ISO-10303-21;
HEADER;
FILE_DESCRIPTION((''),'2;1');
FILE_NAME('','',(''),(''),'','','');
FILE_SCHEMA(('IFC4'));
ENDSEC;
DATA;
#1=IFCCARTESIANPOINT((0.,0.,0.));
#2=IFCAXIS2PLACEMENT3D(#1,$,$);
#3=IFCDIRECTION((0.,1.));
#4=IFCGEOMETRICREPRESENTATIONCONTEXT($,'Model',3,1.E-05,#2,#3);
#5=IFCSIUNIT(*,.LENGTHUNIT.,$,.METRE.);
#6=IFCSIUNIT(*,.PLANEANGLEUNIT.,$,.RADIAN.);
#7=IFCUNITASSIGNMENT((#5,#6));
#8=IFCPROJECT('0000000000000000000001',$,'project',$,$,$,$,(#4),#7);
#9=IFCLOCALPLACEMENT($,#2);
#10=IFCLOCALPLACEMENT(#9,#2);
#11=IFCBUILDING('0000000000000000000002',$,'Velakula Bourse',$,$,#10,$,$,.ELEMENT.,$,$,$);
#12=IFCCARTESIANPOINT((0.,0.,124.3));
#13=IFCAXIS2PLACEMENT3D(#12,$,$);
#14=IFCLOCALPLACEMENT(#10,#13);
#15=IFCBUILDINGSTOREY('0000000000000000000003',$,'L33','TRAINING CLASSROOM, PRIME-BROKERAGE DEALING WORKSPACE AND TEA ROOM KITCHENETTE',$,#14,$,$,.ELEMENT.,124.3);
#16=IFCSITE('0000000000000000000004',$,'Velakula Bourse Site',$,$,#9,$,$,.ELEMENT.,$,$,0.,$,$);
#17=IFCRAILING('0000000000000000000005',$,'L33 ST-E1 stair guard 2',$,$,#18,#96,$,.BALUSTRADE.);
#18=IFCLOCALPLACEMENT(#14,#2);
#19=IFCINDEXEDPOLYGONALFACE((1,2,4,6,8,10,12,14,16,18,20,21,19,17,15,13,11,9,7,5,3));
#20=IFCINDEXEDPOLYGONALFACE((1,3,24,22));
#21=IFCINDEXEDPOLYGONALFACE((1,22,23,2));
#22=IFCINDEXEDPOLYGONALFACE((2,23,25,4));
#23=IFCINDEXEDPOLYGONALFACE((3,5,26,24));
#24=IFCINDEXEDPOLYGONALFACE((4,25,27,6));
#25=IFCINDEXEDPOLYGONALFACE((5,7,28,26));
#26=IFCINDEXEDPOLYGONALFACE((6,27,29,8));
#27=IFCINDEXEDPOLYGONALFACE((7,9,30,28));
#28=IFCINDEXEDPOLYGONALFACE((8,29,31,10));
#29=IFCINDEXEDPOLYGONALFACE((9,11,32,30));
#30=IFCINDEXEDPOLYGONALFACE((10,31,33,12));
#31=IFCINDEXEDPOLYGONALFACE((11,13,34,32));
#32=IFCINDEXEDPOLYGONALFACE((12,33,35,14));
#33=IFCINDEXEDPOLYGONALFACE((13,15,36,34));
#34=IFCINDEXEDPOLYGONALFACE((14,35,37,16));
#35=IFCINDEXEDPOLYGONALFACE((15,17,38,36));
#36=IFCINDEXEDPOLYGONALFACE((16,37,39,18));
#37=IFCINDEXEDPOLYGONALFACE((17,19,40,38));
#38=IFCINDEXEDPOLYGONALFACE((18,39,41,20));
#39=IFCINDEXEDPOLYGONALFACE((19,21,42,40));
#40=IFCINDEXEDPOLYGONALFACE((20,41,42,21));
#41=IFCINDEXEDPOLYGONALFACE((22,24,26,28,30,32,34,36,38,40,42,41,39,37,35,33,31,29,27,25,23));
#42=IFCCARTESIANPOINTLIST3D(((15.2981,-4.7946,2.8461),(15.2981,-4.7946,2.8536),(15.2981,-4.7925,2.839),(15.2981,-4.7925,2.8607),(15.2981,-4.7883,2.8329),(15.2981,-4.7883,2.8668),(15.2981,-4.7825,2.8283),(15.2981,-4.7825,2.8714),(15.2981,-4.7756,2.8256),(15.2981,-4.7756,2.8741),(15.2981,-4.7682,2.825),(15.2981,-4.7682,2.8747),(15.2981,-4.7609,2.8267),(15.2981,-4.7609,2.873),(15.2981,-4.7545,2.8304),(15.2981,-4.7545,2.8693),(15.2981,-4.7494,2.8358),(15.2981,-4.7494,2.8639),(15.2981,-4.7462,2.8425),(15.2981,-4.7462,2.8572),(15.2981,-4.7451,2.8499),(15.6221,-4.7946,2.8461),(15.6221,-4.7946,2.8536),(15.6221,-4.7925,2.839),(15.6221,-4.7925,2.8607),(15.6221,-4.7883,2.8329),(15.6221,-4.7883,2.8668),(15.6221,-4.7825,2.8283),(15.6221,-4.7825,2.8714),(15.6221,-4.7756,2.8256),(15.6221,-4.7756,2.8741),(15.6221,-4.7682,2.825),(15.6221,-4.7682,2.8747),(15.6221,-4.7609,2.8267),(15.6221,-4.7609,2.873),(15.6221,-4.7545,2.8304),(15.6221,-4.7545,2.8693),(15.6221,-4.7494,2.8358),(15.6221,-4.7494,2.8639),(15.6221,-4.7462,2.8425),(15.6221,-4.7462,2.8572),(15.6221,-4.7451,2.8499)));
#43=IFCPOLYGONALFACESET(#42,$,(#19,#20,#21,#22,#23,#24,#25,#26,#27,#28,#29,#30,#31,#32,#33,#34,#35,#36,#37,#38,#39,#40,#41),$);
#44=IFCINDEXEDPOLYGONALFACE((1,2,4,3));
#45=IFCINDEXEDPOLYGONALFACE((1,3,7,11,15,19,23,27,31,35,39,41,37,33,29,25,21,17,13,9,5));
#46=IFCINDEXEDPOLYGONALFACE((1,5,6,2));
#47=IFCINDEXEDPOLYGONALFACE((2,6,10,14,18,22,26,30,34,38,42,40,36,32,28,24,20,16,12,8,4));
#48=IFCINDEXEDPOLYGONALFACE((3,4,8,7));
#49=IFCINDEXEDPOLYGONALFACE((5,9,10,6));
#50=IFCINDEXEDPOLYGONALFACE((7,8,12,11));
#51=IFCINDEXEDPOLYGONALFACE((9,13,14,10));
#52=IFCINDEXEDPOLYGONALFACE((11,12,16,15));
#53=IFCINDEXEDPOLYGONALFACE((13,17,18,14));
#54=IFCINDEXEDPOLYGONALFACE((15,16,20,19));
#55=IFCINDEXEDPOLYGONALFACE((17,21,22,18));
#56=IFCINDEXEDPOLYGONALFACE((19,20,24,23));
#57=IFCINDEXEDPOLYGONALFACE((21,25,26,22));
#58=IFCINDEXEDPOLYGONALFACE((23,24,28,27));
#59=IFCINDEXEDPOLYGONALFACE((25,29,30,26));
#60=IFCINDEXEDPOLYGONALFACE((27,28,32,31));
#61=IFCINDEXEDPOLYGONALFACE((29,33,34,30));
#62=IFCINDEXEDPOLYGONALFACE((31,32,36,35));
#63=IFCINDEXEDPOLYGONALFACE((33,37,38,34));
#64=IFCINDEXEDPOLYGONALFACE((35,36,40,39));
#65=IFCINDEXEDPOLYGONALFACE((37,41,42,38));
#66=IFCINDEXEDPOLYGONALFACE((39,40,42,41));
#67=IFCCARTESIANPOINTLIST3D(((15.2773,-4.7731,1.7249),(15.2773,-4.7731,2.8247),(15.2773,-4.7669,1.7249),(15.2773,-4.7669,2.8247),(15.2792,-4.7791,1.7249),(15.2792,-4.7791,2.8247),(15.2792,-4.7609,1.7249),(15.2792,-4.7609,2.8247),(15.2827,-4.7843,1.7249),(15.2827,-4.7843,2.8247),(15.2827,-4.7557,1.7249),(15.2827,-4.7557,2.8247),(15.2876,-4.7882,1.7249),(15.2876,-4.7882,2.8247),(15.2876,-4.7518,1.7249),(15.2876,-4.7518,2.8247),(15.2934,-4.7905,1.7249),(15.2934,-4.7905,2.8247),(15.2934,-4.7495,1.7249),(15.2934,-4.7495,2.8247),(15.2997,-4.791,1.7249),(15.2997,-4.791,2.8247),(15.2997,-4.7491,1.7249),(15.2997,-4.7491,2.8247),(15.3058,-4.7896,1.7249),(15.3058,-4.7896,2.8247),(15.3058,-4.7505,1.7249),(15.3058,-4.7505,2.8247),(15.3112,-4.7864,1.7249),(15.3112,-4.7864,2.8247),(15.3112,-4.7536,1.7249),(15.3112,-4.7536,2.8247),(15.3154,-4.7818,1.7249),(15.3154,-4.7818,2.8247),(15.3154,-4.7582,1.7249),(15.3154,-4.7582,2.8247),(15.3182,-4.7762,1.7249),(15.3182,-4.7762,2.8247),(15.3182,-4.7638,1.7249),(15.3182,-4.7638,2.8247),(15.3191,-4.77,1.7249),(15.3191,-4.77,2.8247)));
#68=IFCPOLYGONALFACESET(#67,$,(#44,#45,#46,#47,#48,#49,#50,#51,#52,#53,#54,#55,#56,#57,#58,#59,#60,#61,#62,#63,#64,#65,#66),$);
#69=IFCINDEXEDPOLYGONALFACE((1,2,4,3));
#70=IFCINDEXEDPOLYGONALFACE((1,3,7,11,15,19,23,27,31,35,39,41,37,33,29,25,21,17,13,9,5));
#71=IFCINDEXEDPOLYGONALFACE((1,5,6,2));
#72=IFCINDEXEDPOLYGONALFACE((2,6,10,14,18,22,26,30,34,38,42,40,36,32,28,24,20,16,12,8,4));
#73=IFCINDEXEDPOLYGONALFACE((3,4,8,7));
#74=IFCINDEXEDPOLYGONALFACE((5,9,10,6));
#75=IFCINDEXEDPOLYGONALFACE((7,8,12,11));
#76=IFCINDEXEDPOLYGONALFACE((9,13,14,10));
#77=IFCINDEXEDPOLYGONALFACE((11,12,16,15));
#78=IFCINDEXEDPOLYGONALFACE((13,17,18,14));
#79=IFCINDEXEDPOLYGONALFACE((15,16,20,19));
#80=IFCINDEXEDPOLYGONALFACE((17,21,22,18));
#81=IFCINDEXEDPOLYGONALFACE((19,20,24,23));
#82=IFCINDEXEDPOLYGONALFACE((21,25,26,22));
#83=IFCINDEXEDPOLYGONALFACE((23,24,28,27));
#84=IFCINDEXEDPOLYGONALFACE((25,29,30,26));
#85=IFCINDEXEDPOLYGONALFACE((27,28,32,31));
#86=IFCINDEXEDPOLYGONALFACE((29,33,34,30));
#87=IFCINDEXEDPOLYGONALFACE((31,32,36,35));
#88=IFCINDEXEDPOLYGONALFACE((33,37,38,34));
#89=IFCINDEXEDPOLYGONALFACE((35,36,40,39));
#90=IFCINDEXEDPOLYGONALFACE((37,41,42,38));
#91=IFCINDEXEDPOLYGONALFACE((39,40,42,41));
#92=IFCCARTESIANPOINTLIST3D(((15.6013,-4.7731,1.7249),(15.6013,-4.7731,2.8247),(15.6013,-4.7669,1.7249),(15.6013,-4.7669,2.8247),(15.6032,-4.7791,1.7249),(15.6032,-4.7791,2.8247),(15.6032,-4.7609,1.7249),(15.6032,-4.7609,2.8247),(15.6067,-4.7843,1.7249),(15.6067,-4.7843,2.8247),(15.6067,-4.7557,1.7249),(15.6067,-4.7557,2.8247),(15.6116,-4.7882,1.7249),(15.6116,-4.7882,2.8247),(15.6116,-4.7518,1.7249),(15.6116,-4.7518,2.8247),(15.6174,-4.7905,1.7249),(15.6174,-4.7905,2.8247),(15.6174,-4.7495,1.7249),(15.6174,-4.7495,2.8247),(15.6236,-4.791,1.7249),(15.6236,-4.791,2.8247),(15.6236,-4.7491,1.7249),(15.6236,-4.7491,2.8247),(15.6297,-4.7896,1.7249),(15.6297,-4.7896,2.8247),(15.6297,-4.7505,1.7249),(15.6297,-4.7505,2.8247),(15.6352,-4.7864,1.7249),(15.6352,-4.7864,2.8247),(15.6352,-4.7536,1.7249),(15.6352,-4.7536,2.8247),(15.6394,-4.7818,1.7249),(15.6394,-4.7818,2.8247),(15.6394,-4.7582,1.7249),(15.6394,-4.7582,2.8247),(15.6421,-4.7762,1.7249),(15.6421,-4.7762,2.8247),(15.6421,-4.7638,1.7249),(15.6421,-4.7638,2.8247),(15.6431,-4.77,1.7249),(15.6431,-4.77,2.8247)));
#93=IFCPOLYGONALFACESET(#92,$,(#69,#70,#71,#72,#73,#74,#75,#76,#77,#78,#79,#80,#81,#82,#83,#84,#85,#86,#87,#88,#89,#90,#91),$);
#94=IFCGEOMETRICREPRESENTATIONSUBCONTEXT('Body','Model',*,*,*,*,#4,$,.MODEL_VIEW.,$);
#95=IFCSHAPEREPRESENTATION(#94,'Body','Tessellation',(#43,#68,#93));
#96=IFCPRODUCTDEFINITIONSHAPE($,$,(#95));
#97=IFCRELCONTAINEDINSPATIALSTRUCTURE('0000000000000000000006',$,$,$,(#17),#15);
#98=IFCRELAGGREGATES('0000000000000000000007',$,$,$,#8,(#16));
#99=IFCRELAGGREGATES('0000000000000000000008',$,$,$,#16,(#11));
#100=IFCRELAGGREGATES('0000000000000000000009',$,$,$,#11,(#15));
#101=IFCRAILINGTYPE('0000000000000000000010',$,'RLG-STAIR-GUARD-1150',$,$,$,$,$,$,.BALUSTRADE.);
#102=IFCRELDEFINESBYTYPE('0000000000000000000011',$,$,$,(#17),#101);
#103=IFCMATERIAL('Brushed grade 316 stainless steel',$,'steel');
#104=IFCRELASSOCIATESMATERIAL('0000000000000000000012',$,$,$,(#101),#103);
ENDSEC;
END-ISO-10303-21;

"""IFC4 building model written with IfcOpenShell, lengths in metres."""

from ifc_helpers import new_model, si_unit, direction, frame, origin, origin_2d, place, context, subcontext, project, spatial, circle, extrude, material, type_object, element, save


model = new_model("IFC4")

# Units and contexts
model_context = context("Model", 3, precision=1e-05, world=origin(), true_north=direction((0.0, 1.0)))
body_context = subcontext(model_context, "Body", "Model", "MODEL_VIEW")
ifc_project = project(units=[si_unit("LENGTHUNIT", "METRE"), si_unit("PLANEANGLEUNIT", "RADIAN")], contexts=[model_context])

# Site, building, storey
site_placement = place(None, origin())
site = spatial("IfcSite", under=ifc_project, at=site_placement, Name="Velakula Bourse Site", CompositionType="ELEMENT", RefElevation=0.0)
building_placement = place(site_placement, origin())
building = spatial("IfcBuilding", under=site, at=building_placement, Name="Velakula Bourse", CompositionType="ELEMENT")
storey_placement = place(building_placement, frame((0.0, 0.0, 124.3)))
storey = spatial("IfcBuildingStorey", under=building, at=storey_placement, Name="L33", Description="TRAINING CLASSROOM, PRIME-BROKERAGE DEALING WORKSPACE AND TEA ROOM KITCHENETTE", CompositionType="ELEMENT", Elevation=124.3)

# Shared definitions
ifc_material_1 = material(Name="Brushed grade 316 stainless steel", Category="steel")

# Railing
railing_type_1 = type_object("IfcRailingType", Name="RLG-STAIR-GUARD-1150", PredefinedType="BALUSTRADE", material=ifc_material_1)
railing_1_placement = place(storey_placement, frame((15.2981, -4.77, 1.7249)))
element("IfcRailing", 1, at=railing_1_placement, inside=storey, type_object=railing_type_1, Name="L33 ST-E1 stair guard 2", PredefinedType="BALUSTRADE", context=body_context, shape_type="SweptSolid", body=[
    extrude(circle(Radius=0.0249, at=origin_2d()), frame((0.0, 0.0, 1.125), z_axis=(1.0, 0.0, 0.0), x_axis=(0.0, 1.0, 0.0)), (0.0, 0.0, 1.0), 0.324),
    extrude(circle(Radius=0.021, at=origin_2d()), origin(), (0.0, 0.0, 1.0), 1.0999),
    extrude(circle(Radius=0.021, at=origin_2d()), frame((0.324, 0.0, 0.0)), (0.0, 0.0, 1.0), 1.0999),
])

save(model, "model.ifc")
